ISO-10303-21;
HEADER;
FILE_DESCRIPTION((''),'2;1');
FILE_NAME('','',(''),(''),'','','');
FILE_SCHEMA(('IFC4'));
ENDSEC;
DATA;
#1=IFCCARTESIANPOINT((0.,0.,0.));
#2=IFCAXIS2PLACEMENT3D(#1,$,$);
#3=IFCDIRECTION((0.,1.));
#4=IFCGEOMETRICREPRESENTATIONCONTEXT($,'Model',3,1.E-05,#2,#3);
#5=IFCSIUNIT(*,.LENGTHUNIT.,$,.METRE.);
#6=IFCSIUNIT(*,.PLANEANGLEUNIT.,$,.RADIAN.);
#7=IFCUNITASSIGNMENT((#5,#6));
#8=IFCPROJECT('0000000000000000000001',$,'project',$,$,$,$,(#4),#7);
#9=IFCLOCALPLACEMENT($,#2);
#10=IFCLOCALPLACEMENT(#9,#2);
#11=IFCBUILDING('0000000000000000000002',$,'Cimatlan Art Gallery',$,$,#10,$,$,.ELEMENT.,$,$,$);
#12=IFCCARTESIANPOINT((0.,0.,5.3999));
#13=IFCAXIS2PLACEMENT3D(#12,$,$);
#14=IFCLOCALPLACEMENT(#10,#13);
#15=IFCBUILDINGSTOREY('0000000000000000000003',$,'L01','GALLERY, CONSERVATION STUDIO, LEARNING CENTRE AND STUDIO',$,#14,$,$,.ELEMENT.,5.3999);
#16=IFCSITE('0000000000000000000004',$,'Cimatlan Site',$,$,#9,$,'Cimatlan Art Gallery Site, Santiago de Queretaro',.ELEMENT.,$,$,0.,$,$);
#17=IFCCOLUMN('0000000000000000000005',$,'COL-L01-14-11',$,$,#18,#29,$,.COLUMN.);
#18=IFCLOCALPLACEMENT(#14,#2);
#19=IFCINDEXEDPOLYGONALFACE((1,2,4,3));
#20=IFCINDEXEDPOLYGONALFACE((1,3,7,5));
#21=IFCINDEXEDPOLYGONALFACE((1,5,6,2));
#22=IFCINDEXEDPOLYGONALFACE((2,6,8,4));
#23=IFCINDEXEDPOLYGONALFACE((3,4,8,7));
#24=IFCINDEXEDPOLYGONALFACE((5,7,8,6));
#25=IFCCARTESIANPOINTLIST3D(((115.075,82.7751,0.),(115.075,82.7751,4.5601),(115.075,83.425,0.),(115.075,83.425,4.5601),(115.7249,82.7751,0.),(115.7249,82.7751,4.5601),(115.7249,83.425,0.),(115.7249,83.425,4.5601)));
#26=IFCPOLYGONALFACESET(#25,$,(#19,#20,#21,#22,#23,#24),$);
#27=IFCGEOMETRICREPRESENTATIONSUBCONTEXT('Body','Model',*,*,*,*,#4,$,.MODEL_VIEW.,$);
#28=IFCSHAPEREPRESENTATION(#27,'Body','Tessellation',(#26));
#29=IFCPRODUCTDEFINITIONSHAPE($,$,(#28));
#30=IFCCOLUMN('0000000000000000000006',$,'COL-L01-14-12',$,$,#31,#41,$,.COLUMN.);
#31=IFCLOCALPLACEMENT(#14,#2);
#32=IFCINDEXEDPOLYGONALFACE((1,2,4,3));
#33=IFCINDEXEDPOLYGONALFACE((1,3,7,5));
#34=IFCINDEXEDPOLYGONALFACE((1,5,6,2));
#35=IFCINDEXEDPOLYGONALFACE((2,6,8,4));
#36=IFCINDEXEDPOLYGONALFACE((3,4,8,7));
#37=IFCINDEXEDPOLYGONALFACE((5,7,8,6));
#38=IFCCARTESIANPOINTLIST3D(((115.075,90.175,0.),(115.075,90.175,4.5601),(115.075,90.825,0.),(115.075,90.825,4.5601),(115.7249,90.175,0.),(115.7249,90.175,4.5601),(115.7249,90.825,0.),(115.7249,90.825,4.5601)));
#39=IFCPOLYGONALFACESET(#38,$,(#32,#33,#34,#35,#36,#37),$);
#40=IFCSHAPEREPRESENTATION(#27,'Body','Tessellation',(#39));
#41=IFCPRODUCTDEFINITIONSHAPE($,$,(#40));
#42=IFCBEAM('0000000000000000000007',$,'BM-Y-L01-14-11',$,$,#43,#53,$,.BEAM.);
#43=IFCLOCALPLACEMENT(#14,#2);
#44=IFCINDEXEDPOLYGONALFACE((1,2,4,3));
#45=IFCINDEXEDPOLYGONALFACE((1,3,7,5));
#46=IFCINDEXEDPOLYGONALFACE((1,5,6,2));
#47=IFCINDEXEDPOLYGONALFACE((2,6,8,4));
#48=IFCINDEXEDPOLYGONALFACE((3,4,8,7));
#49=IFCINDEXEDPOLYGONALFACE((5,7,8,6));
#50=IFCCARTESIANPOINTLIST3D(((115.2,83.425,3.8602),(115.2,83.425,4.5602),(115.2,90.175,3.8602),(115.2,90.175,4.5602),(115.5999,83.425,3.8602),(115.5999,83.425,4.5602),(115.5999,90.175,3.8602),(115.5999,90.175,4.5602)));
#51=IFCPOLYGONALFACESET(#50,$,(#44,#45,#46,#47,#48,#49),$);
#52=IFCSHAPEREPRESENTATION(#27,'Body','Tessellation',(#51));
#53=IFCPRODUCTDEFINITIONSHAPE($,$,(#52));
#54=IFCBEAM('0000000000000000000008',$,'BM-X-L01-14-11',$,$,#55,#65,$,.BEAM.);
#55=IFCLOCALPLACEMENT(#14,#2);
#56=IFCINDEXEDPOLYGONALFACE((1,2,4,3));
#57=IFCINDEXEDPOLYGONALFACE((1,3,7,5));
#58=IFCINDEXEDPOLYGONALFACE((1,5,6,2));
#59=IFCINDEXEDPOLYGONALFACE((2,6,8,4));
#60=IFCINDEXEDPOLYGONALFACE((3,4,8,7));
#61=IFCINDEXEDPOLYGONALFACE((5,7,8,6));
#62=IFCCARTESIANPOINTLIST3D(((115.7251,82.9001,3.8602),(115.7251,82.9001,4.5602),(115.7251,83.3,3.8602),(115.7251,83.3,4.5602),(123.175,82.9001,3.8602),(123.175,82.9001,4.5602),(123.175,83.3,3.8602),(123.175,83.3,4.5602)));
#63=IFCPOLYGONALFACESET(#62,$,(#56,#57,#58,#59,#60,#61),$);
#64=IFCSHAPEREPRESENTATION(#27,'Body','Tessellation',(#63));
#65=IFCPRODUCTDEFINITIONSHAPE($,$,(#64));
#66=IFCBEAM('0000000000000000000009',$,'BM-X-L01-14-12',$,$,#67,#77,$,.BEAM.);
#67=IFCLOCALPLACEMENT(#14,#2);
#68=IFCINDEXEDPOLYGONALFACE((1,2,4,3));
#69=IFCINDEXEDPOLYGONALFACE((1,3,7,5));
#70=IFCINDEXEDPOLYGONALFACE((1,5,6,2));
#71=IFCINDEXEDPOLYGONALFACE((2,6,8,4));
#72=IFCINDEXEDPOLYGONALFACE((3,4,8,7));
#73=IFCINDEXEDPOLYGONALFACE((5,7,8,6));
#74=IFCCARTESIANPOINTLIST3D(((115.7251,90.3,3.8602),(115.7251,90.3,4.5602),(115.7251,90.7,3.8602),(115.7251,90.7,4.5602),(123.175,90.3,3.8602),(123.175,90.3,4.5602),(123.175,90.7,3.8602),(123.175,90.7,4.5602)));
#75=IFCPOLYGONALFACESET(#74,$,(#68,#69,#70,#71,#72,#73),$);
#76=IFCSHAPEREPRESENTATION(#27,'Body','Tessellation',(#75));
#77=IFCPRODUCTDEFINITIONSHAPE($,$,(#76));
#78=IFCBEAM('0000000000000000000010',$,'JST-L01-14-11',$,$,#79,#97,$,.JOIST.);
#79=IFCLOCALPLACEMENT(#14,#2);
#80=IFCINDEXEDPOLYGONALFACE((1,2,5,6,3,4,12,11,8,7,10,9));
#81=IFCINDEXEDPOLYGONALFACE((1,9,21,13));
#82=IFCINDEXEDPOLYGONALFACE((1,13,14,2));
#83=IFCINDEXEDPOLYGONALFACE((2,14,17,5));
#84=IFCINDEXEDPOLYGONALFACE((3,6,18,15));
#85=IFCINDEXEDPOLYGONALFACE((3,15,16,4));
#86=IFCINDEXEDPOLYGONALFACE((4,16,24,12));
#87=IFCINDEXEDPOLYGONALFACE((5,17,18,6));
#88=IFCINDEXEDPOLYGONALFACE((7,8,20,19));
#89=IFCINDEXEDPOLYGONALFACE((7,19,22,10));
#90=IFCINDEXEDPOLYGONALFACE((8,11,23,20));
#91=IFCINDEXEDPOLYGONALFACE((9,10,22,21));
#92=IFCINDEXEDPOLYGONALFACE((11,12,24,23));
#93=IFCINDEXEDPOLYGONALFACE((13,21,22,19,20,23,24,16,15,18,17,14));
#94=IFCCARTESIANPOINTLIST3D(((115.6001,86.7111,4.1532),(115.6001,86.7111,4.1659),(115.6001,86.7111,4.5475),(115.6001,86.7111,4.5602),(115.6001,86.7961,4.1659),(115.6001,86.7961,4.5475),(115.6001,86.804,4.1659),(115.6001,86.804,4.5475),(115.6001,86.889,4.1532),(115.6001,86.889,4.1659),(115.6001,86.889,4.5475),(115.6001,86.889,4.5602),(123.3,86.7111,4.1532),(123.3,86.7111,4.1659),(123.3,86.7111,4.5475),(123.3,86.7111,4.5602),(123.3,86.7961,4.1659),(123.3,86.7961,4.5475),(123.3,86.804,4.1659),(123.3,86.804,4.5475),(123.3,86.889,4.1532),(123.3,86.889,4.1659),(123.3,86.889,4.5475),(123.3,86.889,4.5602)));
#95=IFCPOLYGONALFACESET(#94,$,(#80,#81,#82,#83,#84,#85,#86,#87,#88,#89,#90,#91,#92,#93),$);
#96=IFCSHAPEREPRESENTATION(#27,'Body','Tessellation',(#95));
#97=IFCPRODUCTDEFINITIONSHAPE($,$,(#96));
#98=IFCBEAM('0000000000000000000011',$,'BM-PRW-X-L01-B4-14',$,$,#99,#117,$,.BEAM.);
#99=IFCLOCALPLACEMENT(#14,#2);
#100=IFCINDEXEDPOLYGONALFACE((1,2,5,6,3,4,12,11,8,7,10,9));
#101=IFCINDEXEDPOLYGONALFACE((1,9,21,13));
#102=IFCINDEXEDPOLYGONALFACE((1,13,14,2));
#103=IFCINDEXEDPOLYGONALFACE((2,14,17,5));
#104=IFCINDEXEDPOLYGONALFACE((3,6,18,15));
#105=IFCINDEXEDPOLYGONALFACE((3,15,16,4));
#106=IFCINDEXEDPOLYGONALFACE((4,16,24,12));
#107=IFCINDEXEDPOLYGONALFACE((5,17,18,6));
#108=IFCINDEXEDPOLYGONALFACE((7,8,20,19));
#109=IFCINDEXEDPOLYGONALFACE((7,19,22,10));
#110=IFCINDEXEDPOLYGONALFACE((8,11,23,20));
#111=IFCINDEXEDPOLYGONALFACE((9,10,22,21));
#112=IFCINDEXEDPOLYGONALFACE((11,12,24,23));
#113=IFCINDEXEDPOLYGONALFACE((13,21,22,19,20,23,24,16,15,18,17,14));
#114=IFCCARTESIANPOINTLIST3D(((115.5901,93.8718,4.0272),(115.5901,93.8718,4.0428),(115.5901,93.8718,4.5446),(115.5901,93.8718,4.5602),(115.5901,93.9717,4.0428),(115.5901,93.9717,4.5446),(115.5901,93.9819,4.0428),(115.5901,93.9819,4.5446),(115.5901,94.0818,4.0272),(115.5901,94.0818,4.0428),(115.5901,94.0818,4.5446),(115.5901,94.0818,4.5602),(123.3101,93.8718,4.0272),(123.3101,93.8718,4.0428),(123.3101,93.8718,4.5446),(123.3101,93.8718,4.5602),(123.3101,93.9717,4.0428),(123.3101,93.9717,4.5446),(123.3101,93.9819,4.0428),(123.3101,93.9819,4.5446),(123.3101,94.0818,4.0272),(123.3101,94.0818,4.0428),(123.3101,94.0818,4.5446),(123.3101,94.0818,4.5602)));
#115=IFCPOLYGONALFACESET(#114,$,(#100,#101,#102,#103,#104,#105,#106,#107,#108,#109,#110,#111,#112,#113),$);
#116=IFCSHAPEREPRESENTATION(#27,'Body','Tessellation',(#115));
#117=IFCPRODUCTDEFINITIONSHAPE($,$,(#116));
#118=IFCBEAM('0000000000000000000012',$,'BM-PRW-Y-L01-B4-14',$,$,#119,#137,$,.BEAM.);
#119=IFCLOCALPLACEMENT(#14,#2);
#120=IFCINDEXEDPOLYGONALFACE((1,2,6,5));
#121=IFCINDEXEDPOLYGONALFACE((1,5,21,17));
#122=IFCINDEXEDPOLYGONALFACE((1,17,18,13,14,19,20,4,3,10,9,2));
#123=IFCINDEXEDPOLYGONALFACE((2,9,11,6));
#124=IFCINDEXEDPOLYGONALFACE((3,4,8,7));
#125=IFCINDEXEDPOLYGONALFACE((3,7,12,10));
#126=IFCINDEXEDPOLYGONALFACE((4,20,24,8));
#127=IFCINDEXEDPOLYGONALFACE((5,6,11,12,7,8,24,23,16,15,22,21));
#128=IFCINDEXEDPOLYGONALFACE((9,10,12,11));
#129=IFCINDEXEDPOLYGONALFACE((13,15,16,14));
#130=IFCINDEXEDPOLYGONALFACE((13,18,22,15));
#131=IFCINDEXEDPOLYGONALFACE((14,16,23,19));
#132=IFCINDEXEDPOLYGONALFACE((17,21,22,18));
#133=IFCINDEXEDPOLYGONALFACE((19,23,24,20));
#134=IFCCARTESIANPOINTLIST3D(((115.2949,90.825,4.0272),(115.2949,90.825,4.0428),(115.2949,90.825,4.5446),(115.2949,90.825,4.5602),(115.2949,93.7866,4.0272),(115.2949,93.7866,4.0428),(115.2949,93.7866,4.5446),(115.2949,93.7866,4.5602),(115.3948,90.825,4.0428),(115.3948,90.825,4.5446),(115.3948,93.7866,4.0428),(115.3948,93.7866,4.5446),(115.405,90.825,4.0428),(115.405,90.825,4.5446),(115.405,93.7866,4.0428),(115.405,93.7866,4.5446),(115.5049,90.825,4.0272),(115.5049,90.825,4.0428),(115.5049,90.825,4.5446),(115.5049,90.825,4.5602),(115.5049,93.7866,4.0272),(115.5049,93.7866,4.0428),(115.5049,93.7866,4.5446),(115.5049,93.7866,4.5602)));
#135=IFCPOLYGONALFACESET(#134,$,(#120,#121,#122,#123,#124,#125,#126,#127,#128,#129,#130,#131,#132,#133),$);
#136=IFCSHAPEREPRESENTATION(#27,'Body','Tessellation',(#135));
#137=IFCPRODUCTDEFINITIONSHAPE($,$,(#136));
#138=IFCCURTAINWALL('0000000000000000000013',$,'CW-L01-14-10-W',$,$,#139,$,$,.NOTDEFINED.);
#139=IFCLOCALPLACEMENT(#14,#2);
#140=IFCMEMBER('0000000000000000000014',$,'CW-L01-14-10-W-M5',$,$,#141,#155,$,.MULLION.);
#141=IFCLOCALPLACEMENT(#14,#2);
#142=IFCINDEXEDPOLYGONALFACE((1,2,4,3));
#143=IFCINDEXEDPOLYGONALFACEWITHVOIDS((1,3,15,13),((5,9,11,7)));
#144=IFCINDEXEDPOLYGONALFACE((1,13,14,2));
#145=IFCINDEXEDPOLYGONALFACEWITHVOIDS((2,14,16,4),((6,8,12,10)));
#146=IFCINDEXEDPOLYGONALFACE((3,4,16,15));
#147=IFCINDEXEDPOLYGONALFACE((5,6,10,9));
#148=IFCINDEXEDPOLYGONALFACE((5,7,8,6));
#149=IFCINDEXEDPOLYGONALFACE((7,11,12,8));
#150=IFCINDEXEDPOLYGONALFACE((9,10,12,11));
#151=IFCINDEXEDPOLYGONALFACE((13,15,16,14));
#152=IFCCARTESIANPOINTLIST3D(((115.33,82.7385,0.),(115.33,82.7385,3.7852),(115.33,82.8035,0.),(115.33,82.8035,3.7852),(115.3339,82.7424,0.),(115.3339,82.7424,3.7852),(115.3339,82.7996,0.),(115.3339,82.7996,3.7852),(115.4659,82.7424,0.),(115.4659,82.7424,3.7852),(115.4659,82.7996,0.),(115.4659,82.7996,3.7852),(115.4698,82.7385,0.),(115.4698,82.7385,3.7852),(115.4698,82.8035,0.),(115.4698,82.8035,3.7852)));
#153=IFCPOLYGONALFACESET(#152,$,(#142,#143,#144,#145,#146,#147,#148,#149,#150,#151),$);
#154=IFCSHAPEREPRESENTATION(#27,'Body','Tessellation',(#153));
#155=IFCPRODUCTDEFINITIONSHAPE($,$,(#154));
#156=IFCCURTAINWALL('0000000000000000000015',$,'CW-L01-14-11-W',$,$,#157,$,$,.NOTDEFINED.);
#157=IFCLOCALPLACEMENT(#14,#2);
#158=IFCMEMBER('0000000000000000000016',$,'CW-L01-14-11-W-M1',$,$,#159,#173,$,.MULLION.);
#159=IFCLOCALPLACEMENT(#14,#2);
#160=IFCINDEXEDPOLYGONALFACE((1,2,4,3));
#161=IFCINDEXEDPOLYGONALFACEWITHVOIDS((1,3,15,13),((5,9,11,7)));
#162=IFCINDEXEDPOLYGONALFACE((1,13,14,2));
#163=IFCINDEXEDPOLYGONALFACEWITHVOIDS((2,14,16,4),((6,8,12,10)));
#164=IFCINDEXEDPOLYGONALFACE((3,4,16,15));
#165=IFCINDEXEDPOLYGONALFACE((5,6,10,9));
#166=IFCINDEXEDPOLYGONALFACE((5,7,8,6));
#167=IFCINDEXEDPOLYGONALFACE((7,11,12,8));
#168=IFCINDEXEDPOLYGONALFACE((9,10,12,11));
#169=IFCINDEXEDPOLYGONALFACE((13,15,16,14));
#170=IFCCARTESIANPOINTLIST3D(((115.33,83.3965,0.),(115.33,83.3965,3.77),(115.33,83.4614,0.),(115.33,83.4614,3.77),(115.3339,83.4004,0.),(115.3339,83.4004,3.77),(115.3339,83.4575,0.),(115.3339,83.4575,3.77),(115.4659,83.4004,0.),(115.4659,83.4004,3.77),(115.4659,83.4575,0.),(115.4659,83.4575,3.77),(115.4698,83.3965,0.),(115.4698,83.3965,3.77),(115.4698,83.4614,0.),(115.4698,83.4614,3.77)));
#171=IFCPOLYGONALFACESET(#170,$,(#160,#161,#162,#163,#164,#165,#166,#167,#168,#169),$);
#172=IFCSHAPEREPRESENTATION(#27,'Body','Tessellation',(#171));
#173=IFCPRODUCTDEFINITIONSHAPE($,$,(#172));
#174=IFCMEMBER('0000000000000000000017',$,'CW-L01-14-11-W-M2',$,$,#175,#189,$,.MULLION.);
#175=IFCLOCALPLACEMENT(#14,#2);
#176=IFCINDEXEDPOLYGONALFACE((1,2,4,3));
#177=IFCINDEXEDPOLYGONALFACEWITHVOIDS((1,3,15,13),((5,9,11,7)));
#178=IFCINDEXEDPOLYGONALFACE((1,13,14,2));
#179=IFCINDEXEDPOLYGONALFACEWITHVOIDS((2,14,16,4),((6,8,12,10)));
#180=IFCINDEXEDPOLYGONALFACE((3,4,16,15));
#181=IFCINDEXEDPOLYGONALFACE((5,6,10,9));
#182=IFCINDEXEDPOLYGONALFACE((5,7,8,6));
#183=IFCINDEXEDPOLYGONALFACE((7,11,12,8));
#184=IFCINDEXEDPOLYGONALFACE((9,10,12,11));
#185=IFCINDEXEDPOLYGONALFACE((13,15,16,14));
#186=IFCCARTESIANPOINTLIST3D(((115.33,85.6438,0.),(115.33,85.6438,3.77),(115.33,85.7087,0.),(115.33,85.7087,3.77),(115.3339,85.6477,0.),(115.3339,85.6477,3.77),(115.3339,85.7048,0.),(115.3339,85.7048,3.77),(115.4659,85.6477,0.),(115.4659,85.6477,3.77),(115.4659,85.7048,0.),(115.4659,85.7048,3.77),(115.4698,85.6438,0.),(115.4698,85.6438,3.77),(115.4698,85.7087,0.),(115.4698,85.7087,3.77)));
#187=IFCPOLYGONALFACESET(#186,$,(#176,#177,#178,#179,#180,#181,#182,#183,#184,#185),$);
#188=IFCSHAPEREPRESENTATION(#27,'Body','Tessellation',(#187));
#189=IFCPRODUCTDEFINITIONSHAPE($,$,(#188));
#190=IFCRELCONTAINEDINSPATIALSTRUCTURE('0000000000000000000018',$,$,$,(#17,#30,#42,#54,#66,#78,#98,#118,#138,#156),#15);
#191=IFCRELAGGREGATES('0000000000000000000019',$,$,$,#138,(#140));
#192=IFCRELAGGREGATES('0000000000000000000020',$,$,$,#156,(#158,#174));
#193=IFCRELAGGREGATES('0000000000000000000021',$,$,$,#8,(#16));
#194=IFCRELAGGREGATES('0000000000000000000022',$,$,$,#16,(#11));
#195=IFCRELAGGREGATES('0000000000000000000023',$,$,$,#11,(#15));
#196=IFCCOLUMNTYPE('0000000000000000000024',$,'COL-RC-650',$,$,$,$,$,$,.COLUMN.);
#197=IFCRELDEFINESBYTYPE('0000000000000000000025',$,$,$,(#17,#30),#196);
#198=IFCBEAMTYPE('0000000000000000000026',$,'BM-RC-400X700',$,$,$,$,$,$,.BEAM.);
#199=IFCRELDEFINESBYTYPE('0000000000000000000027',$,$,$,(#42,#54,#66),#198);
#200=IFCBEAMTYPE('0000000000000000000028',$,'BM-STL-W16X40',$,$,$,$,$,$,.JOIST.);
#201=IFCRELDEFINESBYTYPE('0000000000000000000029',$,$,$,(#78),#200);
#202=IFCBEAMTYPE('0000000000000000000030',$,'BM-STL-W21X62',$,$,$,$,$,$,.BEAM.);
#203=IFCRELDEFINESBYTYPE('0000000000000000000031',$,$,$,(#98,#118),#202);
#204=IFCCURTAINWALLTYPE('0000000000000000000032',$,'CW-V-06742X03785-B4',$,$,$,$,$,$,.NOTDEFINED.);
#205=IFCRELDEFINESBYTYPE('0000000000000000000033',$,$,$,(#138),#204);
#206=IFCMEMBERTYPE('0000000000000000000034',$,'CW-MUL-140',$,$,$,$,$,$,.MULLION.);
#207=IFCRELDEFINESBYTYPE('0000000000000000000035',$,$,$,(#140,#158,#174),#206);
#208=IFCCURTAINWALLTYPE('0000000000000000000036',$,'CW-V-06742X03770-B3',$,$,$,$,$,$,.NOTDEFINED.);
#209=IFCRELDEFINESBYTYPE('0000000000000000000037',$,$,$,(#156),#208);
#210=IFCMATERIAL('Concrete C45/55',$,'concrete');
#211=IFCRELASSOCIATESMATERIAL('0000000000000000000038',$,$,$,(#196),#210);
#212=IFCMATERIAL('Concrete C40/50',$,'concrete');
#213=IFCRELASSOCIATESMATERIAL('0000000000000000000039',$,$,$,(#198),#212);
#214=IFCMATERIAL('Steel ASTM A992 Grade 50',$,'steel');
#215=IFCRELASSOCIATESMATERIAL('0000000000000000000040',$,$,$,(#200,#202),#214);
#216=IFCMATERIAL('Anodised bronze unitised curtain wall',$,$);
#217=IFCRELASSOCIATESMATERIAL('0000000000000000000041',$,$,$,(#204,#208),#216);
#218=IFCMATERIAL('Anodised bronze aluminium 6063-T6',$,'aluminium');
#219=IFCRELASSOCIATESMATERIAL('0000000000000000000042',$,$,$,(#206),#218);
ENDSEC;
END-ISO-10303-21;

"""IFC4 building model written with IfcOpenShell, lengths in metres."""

from ifc_helpers import new_model, si_unit, direction, frame, origin, origin_2d, place, context, subcontext, project, spatial, rectangle, hollow_rectangle, i_section, extrude, material, material_profile, profile_set, type_object, element, aggregate, save


model = new_model("IFC4")

# Units and contexts
model_context = context("Model", 3, precision=1e-05, world=origin(), true_north=direction((0.0, 1.0)))
body_context = subcontext(model_context, "Body", "Model", "MODEL_VIEW")
ifc_project = project(units=[si_unit("LENGTHUNIT", "METRE"), si_unit("PLANEANGLEUNIT", "RADIAN")], contexts=[model_context])

# Site, building, storey
site_placement = place(None, origin())
site = spatial("IfcSite", under=ifc_project, at=site_placement, Name="Cimatlan Site", LongName="Cimatlan Art Gallery Site, Santiago de Queretaro", CompositionType="ELEMENT", RefElevation=0.0)
building_placement = place(site_placement, origin())
building = spatial("IfcBuilding", under=site, at=building_placement, Name="Cimatlan Art Gallery", CompositionType="ELEMENT")
storey_placement = place(building_placement, frame((0.0, 0.0, 5.3999)))
storey = spatial("IfcBuildingStorey", under=building, at=storey_placement, Name="L01", Description="GALLERY, CONSERVATION STUDIO, LEARNING CENTRE AND STUDIO", CompositionType="ELEMENT", Elevation=5.3999)

# Columns
ifc_material_1 = material(Name="Concrete C45/55", Category="concrete")
ifc_material_profile_1 = material_profile(ifc_material_1, rectangle(XDim=0.6499, YDim=0.6499, at=origin_2d()), Name="RC650X650")
ifc_profile_set_1 = profile_set([ifc_material_profile_1], Name="Concrete C45/55")
column_type = type_object("IfcColumnType", Name="COL-RC-650", PredefinedType="COLUMN", material=ifc_profile_set_1)
for number, where, z_axis, x_axis, name in (
    (1, (115.3999, 83.1001, 0.0), (0.0, 0.0, 1.0), (1.0, 0.0, 0.0), "COL-L01-14-11"),
    (2, (115.3999, 90.5, 0.0), (0.0, 0.0, 1.0), (1.0, 0.0, 0.0), "COL-L01-14-12"),
):
    element("IfcColumn", number, at=place(storey_placement, frame(where, z_axis=z_axis, x_axis=x_axis)), inside=storey, type_object=column_type, Name=name, PredefinedType="COLUMN", context=body_context, shape_type="SweptSolid", body=[
        extrude(rectangle(XDim=0.6499, YDim=0.6499, at=origin_2d()), origin(), (0.0, 0.0, 1.0), 4.5601),
    ])

# Beams
ifc_material_2 = material(Name="Concrete C40/50", Category="concrete")
ifc_material_profile_2 = material_profile(ifc_material_2, rectangle(XDim=0.3999, YDim=0.7, at=origin_2d()), Name="RC400X700")
ifc_profile_set_2 = profile_set([ifc_material_profile_2], Name="Concrete C40/50")
beam_type_1 = type_object("IfcBeamType", Name="BM-RC-400X700", PredefinedType="BEAM", material=ifc_profile_set_2)
beam_1_placement = place(storey_placement, frame((115.3999, 83.425, 4.2102), z_axis=(0.0, 1.0, 0.0), x_axis=(-1.0, 0.0, 0.0)))
element("IfcBeam", 3, at=beam_1_placement, inside=storey, type_object=beam_type_1, Name="BM-Y-L01-14-11", PredefinedType="BEAM", context=body_context, shape_type="SweptSolid", body=[
    extrude(rectangle(XDim=0.3999, YDim=0.7, at=origin_2d()), origin(), (0.0, 0.0, 1.0), 6.75),
])
for number, where, z_axis, x_axis, name in (
    (4, (115.7251, 83.1001, 4.2102), (1.0, 0.0, 0.0), (0.0, 1.0, 0.0), "BM-X-L01-14-11"),
    (5, (115.7251, 90.5, 4.2102), (1.0, 0.0, 0.0), (0.0, 1.0, 0.0), "BM-X-L01-14-12"),
):
    element("IfcBeam", number, at=place(storey_placement, frame(where, z_axis=z_axis, x_axis=x_axis)), inside=storey, type_object=beam_type_1, Name=name, PredefinedType="BEAM", context=body_context, shape_type="SweptSolid", body=[
        extrude(rectangle(XDim=0.3999, YDim=0.7, at=origin_2d()), origin(), (0.0, 0.0, 1.0), 7.45),
    ])
ifc_material_3 = material(Name="Steel ASTM A992 Grade 50", Category="steel")
ifc_material_profile_3 = material_profile(ifc_material_3, i_section(OverallWidth=0.178, OverallDepth=0.407, WebThickness=0.0078, FlangeThickness=0.0127, at=origin_2d()), Name="W16X40")
ifc_profile_set_3 = profile_set([ifc_material_profile_3], Name="Steel ASTM A992 Grade 50")
beam_type_2 = type_object("IfcBeamType", Name="BM-STL-W16X40", PredefinedType="JOIST", material=ifc_profile_set_3)
beam_2_placement = place(storey_placement, frame((115.6001, 86.8, 4.3567), z_axis=(1.0, 0.0, 0.0), x_axis=(0.0, 1.0, 0.0)))
element("IfcBeam", 6, at=beam_2_placement, inside=storey, type_object=beam_type_2, Name="JST-L01-14-11", PredefinedType="JOIST", context=body_context, shape_type="SweptSolid", body=[
    extrude(i_section(OverallWidth=0.178, OverallDepth=0.407, WebThickness=0.0078, FlangeThickness=0.0127, at=origin_2d()), origin(), (0.0, 0.0, 1.0), 7.7),
])
ifc_material_profile_4 = material_profile(ifc_material_3, i_section(OverallWidth=0.21, OverallDepth=0.533, WebThickness=0.0103, FlangeThickness=0.0156, at=origin_2d()), Name="W21X62")
ifc_profile_set_4 = profile_set([ifc_material_profile_4], Name="Steel ASTM A992 Grade 50")
beam_type_3 = type_object("IfcBeamType", Name="BM-STL-W21X62", PredefinedType="BEAM", material=ifc_profile_set_4)
beam_3_placement = place(storey_placement, frame((115.5901, 93.9768, 4.2937), z_axis=(1.0, 0.0, 0.0), x_axis=(0.0, 1.0, 0.0)))
element("IfcBeam", 7, at=beam_3_placement, inside=storey, type_object=beam_type_3, Name="BM-PRW-X-L01-B4-14", PredefinedType="BEAM", context=body_context, shape_type="SweptSolid", body=[
    extrude(i_section(OverallWidth=0.21, OverallDepth=0.533, WebThickness=0.0103, FlangeThickness=0.0156, at=origin_2d()), origin(), (0.0, 0.0, 1.0), 7.72),
])
beam_4_placement = place(storey_placement, frame((115.3999, 90.825, 4.2937), z_axis=(0.0, 1.0, 0.0), x_axis=(-1.0, 0.0, 0.0)))
element("IfcBeam", 8, at=beam_4_placement, inside=storey, type_object=beam_type_3, Name="BM-PRW-Y-L01-B4-14", PredefinedType="BEAM", context=body_context, shape_type="SweptSolid", body=[
    extrude(i_section(OverallWidth=0.21, OverallDepth=0.533, WebThickness=0.0103, FlangeThickness=0.0156, at=origin_2d()), origin(), (0.0, 0.0, 1.0), 2.9617),
])

# Curtain wall, member
ifc_material_4 = material(Name="Anodised bronze unitised curtain wall")
curtain_wall_type_1 = type_object("IfcCurtainWallType", Name="CW-V-06742X03785-B4", PredefinedType="NOTDEFINED", material=ifc_material_4)
curtain_wall_1_placement = place(storey_placement, origin())
curtain_wall_1 = element("IfcCurtainWall", 9, at=curtain_wall_1_placement, inside=storey, type_object=curtain_wall_type_1, Name="CW-L01-14-10-W", PredefinedType="NOTDEFINED")
ifc_material_5 = material(Name="Anodised bronze aluminium 6063-T6", Category="aluminium")
ifc_material_profile_5 = material_profile(ifc_material_5, hollow_rectangle(XDim=0.0649, YDim=0.1399, WallThickness=0.0039, at=origin_2d()), Name="ALU65X140X4")
ifc_profile_set_5 = profile_set([ifc_material_profile_5], Name="Anodised bronze aluminium 6063-T6")
member_type_1 = type_object("IfcMemberType", Name="CW-MUL-140", PredefinedType="MULLION", material=ifc_profile_set_5)
member_1_placement = place(storey_placement, frame((115.3999, 82.771, 0.0), z_axis=(0.0, 0.0, 1.0), x_axis=(0.0, 1.0, 0.0)))
member_1 = element("IfcMember", 10, at=member_1_placement, type_object=member_type_1, Name="CW-L01-14-10-W-M5", PredefinedType="MULLION", context=body_context, shape_type="SweptSolid", body=[
    extrude(hollow_rectangle(XDim=0.0649, YDim=0.1399, WallThickness=0.0039, at=origin_2d()), origin(), (0.0, 0.0, 1.0), 3.7852),
])
aggregate(curtain_wall_1, [member_1])

# Curtain wall, members
curtain_wall_type_2 = type_object("IfcCurtainWallType", Name="CW-V-06742X03770-B3", PredefinedType="NOTDEFINED", material=ifc_material_4)
curtain_wall_2_placement = place(storey_placement, origin())
curtain_wall_2 = element("IfcCurtainWall", 11, at=curtain_wall_2_placement, inside=storey, type_object=curtain_wall_type_2, Name="CW-L01-14-11-W", PredefinedType="NOTDEFINED")
member_2_placement = place(storey_placement, frame((115.3999, 83.429, 0.0), z_axis=(0.0, 0.0, 1.0), x_axis=(0.0, 1.0, 0.0)))
member_2 = element("IfcMember", 12, at=member_2_placement, type_object=member_type_1, Name="CW-L01-14-11-W-M1", PredefinedType="MULLION", context=body_context, shape_type="SweptSolid", body=[
    extrude(hollow_rectangle(XDim=0.0649, YDim=0.1399, WallThickness=0.0039, at=origin_2d()), origin(), (0.0, 0.0, 1.0), 3.77),
])
member_3_placement = place(storey_placement, frame((115.3999, 85.6763, 0.0), z_axis=(0.0, 0.0, 1.0), x_axis=(0.0, 1.0, 0.0)))
member_3 = element("IfcMember", 13, at=member_3_placement, type_object=member_type_1, Name="CW-L01-14-11-W-M2", PredefinedType="MULLION", context=body_context, shape_type="SweptSolid", body=[
    extrude(hollow_rectangle(XDim=0.0649, YDim=0.1399, WallThickness=0.0039, at=origin_2d()), origin(), (0.0, 0.0, 1.0), 3.77),
])

aggregate(curtain_wall_2, [member_2, member_3])

save(model, "model.ifc")
